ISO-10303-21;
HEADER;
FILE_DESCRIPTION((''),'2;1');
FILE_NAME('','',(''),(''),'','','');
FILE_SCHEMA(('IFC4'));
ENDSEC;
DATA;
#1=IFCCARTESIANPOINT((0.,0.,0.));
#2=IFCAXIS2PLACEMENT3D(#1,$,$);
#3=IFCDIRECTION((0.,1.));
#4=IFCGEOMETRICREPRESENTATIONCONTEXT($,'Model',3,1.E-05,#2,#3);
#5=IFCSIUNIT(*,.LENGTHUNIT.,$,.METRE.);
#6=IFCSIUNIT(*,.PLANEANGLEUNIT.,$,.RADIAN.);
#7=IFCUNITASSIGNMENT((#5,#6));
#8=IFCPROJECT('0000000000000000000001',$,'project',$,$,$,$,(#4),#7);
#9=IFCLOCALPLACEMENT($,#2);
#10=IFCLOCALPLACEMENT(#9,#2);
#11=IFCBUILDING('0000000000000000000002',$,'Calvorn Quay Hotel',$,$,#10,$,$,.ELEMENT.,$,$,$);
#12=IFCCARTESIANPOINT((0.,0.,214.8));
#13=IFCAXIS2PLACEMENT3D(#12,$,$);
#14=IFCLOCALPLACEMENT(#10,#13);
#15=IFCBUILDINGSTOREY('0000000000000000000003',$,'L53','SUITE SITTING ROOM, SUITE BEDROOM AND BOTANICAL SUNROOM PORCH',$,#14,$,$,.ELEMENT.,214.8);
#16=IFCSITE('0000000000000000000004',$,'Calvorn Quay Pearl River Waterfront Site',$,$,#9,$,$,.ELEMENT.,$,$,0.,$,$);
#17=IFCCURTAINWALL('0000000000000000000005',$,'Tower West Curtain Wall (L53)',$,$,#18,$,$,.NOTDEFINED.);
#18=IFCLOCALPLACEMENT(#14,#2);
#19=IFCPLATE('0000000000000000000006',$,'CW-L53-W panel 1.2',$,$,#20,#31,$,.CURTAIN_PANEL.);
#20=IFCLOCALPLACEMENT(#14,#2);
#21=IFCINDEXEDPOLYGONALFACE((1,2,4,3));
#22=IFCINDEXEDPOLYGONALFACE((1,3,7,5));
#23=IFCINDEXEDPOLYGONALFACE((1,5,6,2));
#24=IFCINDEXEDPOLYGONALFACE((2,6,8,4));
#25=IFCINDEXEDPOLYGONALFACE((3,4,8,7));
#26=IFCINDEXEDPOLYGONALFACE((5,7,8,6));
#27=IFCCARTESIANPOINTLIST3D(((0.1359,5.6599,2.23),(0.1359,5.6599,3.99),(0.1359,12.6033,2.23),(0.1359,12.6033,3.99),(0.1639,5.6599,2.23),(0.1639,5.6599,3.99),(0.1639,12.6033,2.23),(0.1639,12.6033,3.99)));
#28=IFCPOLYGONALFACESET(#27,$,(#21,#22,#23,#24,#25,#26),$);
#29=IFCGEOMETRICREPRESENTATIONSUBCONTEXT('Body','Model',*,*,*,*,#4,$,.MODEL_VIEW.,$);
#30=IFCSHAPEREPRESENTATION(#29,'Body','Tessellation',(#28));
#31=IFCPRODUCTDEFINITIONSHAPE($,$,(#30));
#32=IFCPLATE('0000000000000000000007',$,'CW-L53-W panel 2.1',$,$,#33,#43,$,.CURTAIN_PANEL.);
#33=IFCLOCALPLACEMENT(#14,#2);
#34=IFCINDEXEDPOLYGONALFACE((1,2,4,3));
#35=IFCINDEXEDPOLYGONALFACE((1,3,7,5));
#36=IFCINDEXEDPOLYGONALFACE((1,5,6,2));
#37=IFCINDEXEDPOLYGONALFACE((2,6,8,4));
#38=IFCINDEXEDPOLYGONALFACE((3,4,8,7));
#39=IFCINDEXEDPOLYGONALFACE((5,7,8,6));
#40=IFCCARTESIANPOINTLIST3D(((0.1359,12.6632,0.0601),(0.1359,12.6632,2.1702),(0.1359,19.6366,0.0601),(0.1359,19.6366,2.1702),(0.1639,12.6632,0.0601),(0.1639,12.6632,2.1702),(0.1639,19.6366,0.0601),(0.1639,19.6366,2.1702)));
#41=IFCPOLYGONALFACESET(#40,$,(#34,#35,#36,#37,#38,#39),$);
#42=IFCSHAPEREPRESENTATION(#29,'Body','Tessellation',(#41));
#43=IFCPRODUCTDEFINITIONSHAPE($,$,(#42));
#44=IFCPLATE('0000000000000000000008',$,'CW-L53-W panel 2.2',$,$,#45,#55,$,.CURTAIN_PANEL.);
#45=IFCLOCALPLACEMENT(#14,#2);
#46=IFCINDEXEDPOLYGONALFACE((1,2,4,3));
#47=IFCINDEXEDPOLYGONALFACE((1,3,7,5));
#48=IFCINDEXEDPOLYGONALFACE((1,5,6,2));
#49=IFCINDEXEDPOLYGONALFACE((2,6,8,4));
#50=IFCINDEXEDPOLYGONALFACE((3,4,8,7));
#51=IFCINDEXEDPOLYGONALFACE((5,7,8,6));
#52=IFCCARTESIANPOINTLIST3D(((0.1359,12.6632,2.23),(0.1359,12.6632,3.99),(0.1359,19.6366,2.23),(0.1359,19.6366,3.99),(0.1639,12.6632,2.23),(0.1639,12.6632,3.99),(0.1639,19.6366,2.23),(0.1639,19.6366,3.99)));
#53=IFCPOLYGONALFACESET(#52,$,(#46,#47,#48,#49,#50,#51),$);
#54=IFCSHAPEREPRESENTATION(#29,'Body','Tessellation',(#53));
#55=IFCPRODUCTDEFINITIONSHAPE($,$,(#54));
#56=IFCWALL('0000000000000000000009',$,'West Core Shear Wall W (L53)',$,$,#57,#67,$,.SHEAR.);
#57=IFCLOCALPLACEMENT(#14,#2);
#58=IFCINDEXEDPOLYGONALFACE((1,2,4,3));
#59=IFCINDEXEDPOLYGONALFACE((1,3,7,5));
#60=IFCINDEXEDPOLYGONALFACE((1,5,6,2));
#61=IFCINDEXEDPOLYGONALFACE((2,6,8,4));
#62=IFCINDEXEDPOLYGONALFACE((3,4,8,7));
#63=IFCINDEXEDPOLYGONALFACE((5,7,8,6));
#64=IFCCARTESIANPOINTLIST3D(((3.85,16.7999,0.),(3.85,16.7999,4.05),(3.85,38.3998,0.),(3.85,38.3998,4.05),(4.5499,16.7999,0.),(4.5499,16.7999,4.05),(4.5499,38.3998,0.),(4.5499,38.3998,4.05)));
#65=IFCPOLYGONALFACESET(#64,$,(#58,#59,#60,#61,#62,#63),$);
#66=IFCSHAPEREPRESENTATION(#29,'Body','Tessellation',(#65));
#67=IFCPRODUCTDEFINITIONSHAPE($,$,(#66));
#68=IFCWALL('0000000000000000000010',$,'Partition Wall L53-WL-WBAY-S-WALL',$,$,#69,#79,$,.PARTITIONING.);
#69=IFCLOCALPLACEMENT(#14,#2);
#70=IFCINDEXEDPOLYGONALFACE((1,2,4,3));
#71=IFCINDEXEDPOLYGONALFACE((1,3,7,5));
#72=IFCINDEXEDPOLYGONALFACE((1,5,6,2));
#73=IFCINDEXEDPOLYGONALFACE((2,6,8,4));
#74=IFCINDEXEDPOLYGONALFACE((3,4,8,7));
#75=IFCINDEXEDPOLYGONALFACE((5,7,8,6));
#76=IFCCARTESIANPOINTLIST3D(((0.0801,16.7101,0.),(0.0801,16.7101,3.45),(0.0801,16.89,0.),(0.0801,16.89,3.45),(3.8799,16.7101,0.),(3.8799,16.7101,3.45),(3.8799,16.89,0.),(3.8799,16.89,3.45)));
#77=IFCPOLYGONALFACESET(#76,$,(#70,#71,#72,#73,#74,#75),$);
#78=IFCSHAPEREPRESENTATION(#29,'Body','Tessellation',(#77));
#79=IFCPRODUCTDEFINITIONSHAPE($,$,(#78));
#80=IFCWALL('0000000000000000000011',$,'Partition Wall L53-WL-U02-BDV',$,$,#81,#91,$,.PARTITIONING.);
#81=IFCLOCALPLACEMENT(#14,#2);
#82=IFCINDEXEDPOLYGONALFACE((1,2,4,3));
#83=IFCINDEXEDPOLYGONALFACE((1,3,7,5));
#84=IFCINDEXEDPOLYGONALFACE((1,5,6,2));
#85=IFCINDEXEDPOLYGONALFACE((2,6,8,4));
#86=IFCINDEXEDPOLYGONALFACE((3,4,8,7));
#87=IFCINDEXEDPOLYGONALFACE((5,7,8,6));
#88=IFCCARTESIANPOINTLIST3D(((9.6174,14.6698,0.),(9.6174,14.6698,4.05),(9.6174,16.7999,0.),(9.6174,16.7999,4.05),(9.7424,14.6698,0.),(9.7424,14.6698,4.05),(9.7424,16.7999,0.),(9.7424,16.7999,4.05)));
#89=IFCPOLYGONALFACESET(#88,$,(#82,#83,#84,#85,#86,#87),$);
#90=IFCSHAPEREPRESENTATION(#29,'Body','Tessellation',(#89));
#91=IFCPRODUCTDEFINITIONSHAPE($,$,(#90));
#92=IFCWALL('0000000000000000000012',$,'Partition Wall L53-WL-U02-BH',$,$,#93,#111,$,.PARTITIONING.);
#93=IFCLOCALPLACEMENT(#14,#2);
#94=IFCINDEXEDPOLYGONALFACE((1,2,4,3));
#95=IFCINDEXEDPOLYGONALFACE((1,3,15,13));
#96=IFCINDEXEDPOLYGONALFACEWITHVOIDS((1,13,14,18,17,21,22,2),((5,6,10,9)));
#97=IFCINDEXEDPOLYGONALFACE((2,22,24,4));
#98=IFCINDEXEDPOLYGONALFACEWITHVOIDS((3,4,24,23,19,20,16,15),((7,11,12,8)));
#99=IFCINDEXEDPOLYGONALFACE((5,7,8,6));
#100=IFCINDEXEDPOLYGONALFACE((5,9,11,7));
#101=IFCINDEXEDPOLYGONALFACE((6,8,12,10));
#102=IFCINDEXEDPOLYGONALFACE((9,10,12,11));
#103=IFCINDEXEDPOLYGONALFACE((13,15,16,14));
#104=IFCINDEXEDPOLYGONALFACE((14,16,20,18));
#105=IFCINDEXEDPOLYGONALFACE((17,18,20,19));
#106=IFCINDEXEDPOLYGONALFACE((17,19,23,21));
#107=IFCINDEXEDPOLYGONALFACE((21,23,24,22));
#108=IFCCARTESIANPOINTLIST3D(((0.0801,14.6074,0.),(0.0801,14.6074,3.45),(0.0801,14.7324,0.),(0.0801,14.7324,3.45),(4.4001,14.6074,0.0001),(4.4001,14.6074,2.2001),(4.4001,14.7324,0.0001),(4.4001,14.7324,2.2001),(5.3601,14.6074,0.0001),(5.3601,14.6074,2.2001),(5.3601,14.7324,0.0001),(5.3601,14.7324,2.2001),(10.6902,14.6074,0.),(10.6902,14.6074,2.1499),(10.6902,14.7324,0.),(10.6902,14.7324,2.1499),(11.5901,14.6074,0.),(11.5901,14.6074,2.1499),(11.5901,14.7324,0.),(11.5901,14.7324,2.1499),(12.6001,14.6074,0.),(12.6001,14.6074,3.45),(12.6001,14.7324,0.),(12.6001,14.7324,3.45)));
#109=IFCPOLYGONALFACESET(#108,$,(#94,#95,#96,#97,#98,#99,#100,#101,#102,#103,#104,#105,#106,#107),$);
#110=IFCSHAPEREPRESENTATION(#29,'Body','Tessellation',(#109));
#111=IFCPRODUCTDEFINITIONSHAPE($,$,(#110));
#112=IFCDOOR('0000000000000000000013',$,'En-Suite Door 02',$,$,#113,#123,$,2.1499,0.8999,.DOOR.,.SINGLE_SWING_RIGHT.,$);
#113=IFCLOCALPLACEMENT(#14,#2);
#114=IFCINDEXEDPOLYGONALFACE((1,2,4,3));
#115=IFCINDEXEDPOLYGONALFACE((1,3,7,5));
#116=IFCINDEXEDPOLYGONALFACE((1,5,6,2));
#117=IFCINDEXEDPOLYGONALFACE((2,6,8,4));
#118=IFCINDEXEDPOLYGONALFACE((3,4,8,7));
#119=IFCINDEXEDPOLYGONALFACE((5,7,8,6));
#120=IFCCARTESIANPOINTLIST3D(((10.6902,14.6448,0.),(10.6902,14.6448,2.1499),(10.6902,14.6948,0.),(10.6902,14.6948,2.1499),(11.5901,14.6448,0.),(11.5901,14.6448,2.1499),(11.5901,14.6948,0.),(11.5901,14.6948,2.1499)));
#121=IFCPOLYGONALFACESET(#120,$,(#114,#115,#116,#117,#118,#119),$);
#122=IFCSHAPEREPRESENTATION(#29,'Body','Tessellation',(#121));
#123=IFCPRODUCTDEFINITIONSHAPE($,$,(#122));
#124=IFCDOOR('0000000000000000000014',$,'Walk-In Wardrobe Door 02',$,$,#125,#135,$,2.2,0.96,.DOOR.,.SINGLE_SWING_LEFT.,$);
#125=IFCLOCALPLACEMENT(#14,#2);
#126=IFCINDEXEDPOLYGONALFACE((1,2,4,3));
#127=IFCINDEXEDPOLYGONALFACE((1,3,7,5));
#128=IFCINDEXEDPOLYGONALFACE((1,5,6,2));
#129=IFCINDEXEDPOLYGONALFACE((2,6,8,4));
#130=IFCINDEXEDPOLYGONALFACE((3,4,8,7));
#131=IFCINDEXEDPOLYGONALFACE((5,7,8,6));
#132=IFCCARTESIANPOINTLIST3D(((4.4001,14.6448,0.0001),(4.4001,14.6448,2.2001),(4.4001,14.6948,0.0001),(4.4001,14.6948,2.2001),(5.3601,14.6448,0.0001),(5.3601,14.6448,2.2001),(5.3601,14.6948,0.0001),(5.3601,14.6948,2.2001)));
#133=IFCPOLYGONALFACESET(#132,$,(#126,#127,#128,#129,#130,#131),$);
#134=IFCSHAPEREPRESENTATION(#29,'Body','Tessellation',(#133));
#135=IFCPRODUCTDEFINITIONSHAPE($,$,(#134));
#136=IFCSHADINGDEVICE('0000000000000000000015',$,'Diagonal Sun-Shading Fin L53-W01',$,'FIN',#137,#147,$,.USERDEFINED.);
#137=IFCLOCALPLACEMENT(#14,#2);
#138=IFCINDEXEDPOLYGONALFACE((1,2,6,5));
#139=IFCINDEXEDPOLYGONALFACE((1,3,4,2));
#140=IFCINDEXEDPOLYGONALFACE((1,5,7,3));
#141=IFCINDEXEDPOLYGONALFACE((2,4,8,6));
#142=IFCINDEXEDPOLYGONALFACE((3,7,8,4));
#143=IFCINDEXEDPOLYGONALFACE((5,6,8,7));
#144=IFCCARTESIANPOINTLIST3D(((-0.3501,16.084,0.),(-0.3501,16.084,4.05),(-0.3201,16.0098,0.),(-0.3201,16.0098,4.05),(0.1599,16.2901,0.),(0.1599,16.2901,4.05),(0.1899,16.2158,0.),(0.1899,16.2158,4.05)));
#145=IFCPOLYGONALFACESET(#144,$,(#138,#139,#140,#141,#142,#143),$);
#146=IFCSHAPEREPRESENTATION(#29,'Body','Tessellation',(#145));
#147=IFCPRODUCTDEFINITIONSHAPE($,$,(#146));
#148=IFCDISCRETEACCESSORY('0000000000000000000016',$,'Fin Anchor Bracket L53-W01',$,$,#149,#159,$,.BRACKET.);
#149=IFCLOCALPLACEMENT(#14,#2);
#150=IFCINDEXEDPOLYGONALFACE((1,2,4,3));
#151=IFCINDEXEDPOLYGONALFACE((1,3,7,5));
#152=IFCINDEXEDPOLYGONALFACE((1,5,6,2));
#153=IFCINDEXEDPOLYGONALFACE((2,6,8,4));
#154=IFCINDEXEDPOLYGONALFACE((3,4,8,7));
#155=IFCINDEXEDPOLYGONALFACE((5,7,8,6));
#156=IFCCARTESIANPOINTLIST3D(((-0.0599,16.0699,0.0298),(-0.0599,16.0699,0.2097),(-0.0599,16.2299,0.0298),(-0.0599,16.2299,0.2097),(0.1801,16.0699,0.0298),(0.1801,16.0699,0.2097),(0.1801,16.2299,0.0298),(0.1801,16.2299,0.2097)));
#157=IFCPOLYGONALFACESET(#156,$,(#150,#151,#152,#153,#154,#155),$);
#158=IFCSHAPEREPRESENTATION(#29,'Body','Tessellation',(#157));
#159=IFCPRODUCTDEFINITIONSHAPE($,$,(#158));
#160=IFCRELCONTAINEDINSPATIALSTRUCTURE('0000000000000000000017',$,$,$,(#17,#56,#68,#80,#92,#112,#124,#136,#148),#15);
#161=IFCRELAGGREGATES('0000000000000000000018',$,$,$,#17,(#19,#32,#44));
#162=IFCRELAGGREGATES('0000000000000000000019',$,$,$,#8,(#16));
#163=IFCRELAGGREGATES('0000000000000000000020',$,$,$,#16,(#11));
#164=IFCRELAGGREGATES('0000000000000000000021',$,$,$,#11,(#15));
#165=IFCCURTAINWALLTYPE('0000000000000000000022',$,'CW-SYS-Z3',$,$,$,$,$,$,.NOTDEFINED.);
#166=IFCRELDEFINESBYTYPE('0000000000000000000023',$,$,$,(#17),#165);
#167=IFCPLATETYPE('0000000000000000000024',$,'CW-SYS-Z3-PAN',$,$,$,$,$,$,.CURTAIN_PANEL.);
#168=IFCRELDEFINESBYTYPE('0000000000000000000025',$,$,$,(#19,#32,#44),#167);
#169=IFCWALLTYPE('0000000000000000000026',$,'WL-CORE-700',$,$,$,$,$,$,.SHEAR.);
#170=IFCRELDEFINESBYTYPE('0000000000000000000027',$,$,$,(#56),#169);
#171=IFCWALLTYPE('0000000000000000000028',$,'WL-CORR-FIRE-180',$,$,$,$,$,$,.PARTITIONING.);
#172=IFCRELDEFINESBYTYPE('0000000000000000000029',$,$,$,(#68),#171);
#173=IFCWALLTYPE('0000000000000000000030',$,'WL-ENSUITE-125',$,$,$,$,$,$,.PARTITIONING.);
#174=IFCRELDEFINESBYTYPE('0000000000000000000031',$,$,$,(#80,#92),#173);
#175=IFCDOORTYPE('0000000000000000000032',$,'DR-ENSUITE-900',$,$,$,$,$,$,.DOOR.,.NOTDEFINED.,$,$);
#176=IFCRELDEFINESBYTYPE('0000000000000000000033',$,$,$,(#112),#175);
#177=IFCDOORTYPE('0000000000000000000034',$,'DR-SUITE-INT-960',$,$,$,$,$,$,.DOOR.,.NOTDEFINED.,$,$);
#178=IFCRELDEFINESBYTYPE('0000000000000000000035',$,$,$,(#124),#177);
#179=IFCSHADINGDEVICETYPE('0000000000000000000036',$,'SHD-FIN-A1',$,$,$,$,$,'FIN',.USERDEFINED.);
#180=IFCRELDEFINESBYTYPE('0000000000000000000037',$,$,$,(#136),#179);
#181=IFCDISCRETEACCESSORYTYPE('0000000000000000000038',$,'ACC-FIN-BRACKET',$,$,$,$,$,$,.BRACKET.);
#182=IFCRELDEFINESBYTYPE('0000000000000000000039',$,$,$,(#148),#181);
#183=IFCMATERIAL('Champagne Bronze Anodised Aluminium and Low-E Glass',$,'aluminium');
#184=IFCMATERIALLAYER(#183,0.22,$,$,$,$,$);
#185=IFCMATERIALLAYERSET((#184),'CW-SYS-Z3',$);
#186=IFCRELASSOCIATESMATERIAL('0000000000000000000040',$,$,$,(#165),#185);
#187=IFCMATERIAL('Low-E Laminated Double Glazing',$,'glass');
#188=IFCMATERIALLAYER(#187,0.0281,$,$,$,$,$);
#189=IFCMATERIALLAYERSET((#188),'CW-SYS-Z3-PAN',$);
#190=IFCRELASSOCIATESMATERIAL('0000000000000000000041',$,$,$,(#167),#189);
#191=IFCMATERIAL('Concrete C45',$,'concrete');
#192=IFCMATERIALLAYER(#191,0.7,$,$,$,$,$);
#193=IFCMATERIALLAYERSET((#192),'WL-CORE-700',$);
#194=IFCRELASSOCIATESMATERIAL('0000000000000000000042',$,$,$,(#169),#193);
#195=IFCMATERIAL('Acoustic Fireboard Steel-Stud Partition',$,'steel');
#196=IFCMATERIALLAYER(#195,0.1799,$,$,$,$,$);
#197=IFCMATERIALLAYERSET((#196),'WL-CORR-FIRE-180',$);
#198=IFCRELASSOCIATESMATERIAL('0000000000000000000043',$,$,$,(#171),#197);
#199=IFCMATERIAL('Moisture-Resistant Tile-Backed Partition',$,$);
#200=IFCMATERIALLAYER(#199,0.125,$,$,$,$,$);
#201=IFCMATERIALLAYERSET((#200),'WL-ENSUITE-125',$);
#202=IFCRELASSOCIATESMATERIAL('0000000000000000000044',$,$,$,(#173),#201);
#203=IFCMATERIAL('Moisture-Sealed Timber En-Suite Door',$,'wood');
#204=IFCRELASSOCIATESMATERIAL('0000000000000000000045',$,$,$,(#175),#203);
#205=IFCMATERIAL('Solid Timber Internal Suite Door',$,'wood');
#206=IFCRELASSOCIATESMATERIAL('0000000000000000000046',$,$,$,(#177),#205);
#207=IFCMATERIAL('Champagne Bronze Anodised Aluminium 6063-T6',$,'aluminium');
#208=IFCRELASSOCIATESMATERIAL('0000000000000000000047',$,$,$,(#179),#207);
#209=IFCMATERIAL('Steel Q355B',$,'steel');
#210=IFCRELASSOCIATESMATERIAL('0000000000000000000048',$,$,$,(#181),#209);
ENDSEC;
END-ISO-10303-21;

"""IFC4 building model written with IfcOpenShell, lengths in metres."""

from ifc_helpers import new_model, si_unit, direction, frame, frame_2d, origin, origin_2d, place, context, subcontext, project, spatial, rectangle, extrude, material, layer, layer_set, type_object, element, fill, aggregate, save


model = new_model("IFC4")

# Units and contexts
model_context = context("Model", 3, precision=1e-05, world=origin(), true_north=direction((0.0, 1.0)))
body_context = subcontext(model_context, "Body", "Model", "MODEL_VIEW")
ifc_project = project(units=[si_unit("LENGTHUNIT", "METRE"), si_unit("PLANEANGLEUNIT", "RADIAN")], contexts=[model_context])

# Site, building, storey
site_placement = place(None, origin())
site = spatial("IfcSite", under=ifc_project, at=site_placement, Name="Calvorn Quay Pearl River Waterfront Site", CompositionType="ELEMENT", RefElevation=0.0)
building_placement = place(site_placement, origin())
building = spatial("IfcBuilding", under=site, at=building_placement, Name="Calvorn Quay Hotel", CompositionType="ELEMENT")
storey_placement = place(building_placement, frame((0.0, 0.0, 214.8)))
storey = spatial("IfcBuildingStorey", under=building, at=storey_placement, Name="L53", Description="SUITE SITTING ROOM, SUITE BEDROOM AND BOTANICAL SUNROOM PORCH", CompositionType="ELEMENT", Elevation=214.8)

# Curtain wall, plates
ifc_material_1 = material(Name="Champagne Bronze Anodised Aluminium and Low-E Glass", Category="aluminium")
ifc_layer_1 = layer(ifc_material_1, 0.22)
ifc_layer_set_1 = layer_set([ifc_layer_1], Name="CW-SYS-Z3")
curtain_wall_type = type_object("IfcCurtainWallType", Name="CW-SYS-Z3", PredefinedType="NOTDEFINED", material=ifc_layer_set_1)
curtain_wall_placement = place(storey_placement, origin())
curtain_wall = element("IfcCurtainWall", 1, at=curtain_wall_placement, inside=storey, type_object=curtain_wall_type, Name="Tower West Curtain Wall (L53)", PredefinedType="NOTDEFINED")
ifc_material_2 = material(Name="Low-E Laminated Double Glazing", Category="glass")
ifc_layer_2 = layer(ifc_material_2, 0.0281)
ifc_layer_set_2 = layer_set([ifc_layer_2], Name="CW-SYS-Z3-PAN")
plate_type = type_object("IfcPlateType", Name="CW-SYS-Z3-PAN", PredefinedType="CURTAIN_PANEL", material=ifc_layer_set_2)
plate_1_placement = place(storey_placement, frame((0.1499, 9.1316, 2.23), z_axis=(0.0, 0.0, 1.0), x_axis=(0.0, 1.0, 0.0)))
plate_1 = element("IfcPlate", 2, at=plate_1_placement, type_object=plate_type, Name="CW-L53-W panel 1.2", PredefinedType="CURTAIN_PANEL", context=body_context, shape_type="SweptSolid", body=[
    extrude(rectangle(XDim=6.9434, YDim=0.0281, at=origin_2d()), origin(), (0.0, 0.0, 1.0), 1.76),
])
plate_2_placement = place(storey_placement, frame((0.1499, 16.1499, 0.0601), z_axis=(0.0, 0.0, 1.0), x_axis=(0.0, 1.0, 0.0)))
plate_2 = element("IfcPlate", 3, at=plate_2_placement, type_object=plate_type, Name="CW-L53-W panel 2.1", PredefinedType="CURTAIN_PANEL", context=body_context, shape_type="SweptSolid", body=[
    extrude(rectangle(XDim=6.9734, YDim=0.0281, at=origin_2d()), origin(), (0.0, 0.0, 1.0), 2.1101),
])
plate_3_placement = place(storey_placement, frame((0.1499, 16.1499, 2.23), z_axis=(0.0, 0.0, 1.0), x_axis=(0.0, 1.0, 0.0)))
plate_3 = element("IfcPlate", 4, at=plate_3_placement, type_object=plate_type, Name="CW-L53-W panel 2.2", PredefinedType="CURTAIN_PANEL", context=body_context, shape_type="SweptSolid", body=[
    extrude(rectangle(XDim=6.9734, YDim=0.0281, at=origin_2d()), origin(), (0.0, 0.0, 1.0), 1.76),
])
aggregate(curtain_wall, [plate_1, plate_2, plate_3])

# Walls
ifc_material_3 = material(Name="Concrete C45", Category="concrete")
ifc_layer_3 = layer(ifc_material_3, 0.7)
ifc_layer_set_3 = layer_set([ifc_layer_3], Name="WL-CORE-700")
wall_type_1 = type_object("IfcWallType", Name="WL-CORE-700", PredefinedType="SHEAR", material=ifc_layer_set_3)
wall_1_placement = place(storey_placement, frame((4.2, 16.8, 0.0), z_axis=(0.0, 0.0, 1.0), x_axis=(0.0, 1.0, 0.0)))
element("IfcWall", 5, at=wall_1_placement, inside=storey, type_object=wall_type_1, Name="West Core Shear Wall W (L53)", PredefinedType="SHEAR", context=body_context, shape_type="SweptSolid", body=[
    extrude(rectangle(XDim=21.5999, YDim=0.7, at=frame_2d((10.7998, 0.0))), origin(), (0.0, 0.0, 1.0), 4.05),
])
ifc_material_4 = material(Name="Acoustic Fireboard Steel-Stud Partition", Category="steel")
ifc_layer_4 = layer(ifc_material_4, 0.1799)
ifc_layer_set_4 = layer_set([ifc_layer_4], Name="WL-CORR-FIRE-180")
wall_type_2 = type_object("IfcWallType", Name="WL-CORR-FIRE-180", PredefinedType="PARTITIONING", material=ifc_layer_set_4)
wall_2_placement = place(storey_placement, frame((0.0801, 16.8, 0.0), z_axis=(0.0, 0.0, 1.0), x_axis=(1.0, 0.0, 0.0)))
element("IfcWall", 6, at=wall_2_placement, inside=storey, type_object=wall_type_2, Name="Partition Wall L53-WL-WBAY-S-WALL", PredefinedType="PARTITIONING", context=body_context, shape_type="SweptSolid", body=[
    extrude(rectangle(XDim=3.7998, YDim=0.1799, at=frame_2d((1.8999, 0.0))), origin(), (0.0, 0.0, 1.0), 3.45),
])
ifc_material_5 = material(Name="Moisture-Resistant Tile-Backed Partition")
ifc_layer_5 = layer(ifc_material_5, 0.125)
ifc_layer_set_5 = layer_set([ifc_layer_5], Name="WL-ENSUITE-125")
wall_type_3 = type_object("IfcWallType", Name="WL-ENSUITE-125", PredefinedType="PARTITIONING", material=ifc_layer_set_5)
wall_3_placement = place(storey_placement, frame((9.6799, 14.6699, 0.0), z_axis=(0.0, 0.0, 1.0), x_axis=(0.0, 1.0, 0.0)))
element("IfcWall", 7, at=wall_3_placement, inside=storey, type_object=wall_type_3, Name="Partition Wall L53-WL-U02-BDV", PredefinedType="PARTITIONING", context=body_context, shape_type="SweptSolid", body=[
    extrude(rectangle(XDim=2.1301, YDim=0.125, at=frame_2d((1.0649, 0.0))), origin(), (0.0, 0.0, 1.0), 4.05),
])

# Wall, openings, doors
wall_4_placement = place(storey_placement, frame((0.0801, 14.6699, 0.0), z_axis=(0.0, 0.0, 1.0), x_axis=(1.0, 0.0, 0.0)))
wall_4 = element("IfcWall", 8, at=wall_4_placement, inside=storey, type_object=wall_type_3, Name="Partition Wall L53-WL-U02-BH", PredefinedType="PARTITIONING", context=body_context, shape_type="SweptSolid", body=[
    extrude(rectangle(XDim=12.52, YDim=0.125, at=frame_2d((6.26, 0.0))), origin(), (0.0, 0.0, 1.0), 3.45),
])
opening_1_placement = place(wall_4_placement, frame((4.3201, 0.0, 0.0)))
opening_1 = element("IfcOpeningElement", 9, at=opening_1_placement, cuts=wall_4, PredefinedType="OPENING", context=body_context, shape_type="SweptSolid", body=[
    extrude(rectangle(XDim=0.96, YDim=2.2, at=frame_2d((0.48, 1.1001))), frame((0.0, 0.0725, 0.0), z_axis=(0.0, -1.0, 0.0), x_axis=(1.0, 0.0, 0.0)), (0.0, 0.0, 1.0), 0.145),
])
opening_2_placement = place(wall_4_placement, frame((10.6101, 0.0, 0.0)))
opening_2 = element("IfcOpeningElement", 10, at=opening_2_placement, cuts=wall_4, PredefinedType="OPENING", context=body_context, shape_type="SweptSolid", body=[
    extrude(rectangle(XDim=0.8999, YDim=2.1499, at=frame_2d((0.45, 1.075))), frame((0.0, 0.0725, 0.0), z_axis=(0.0, -1.0, 0.0), x_axis=(1.0, 0.0, 0.0)), (0.0, 0.0, 1.0), 0.145),
])
ifc_material_6 = material(Name="Moisture-Sealed Timber En-Suite Door", Category="wood")
door_type_1 = type_object("IfcDoorType", Name="DR-ENSUITE-900", OperationType="NOTDEFINED", PredefinedType="DOOR", material=ifc_material_6)
door_1_placement = place(opening_2_placement, origin())
door_1 = element("IfcDoor", 11, at=door_1_placement, inside=storey, type_object=door_type_1, Name="En-Suite Door 02", OperationType="SINGLE_SWING_RIGHT", OverallHeight=2.1499, OverallWidth=0.8999, PredefinedType="DOOR", context=body_context, shape_type="SweptSolid", body=[
    extrude(rectangle(XDim=0.8999, YDim=2.1499, at=frame_2d((0.45, 1.075))), frame((0.0, 0.0249, 0.0), z_axis=(0.0, -1.0, 0.0), x_axis=(1.0, 0.0, 0.0)), (0.0, 0.0, 1.0), 0.05),
])
fill(opening_2, door_1)
ifc_material_7 = material(Name="Solid Timber Internal Suite Door", Category="wood")
door_type_2 = type_object("IfcDoorType", Name="DR-SUITE-INT-960", OperationType="NOTDEFINED", PredefinedType="DOOR", material=ifc_material_7)
door_2_placement = place(opening_1_placement, origin())
door_2 = element("IfcDoor", 12, at=door_2_placement, inside=storey, type_object=door_type_2, Name="Walk-In Wardrobe Door 02", OperationType="SINGLE_SWING_LEFT", OverallHeight=2.2, OverallWidth=0.96, PredefinedType="DOOR", context=body_context, shape_type="SweptSolid", body=[
    extrude(rectangle(XDim=0.96, YDim=2.2, at=frame_2d((0.48, 1.1001))), frame((0.0, 0.0249, 0.0), z_axis=(0.0, -1.0, 0.0), x_axis=(1.0, 0.0, 0.0)), (0.0, 0.0, 1.0), 0.05),
])
fill(opening_1, door_2)

# Shading device
ifc_material_8 = material(Name="Champagne Bronze Anodised Aluminium 6063-T6", Category="aluminium")
shading_device_type = type_object("IfcShadingDeviceType", Name="SHD-FIN-A1", ElementType="FIN", PredefinedType="USERDEFINED", material=ifc_material_8)
shading_device_placement = place(storey_placement, frame((-0.0801, 16.1499, 0.0), z_axis=(0.0, 0.0, 1.0), x_axis=(0.927184, 0.374607, 0.0)))
element("IfcShadingDevice", 13, at=shading_device_placement, inside=storey, type_object=shading_device_type, Name="Diagonal Sun-Shading Fin L53-W01", ObjectType="FIN", PredefinedType="USERDEFINED", context=body_context, shape_type="SweptSolid", body=[
    extrude(rectangle(XDim=0.55, YDim=0.0801, at=origin_2d()), origin(), (0.0, 0.0, 1.0), 4.05),
])

# Discrete accessory
ifc_material_9 = material(Name="Steel Q355B", Category="steel")
discrete_accessory_type = type_object("IfcDiscreteAccessoryType", Name="ACC-FIN-BRACKET", PredefinedType="BRACKET", material=ifc_material_9)
discrete_accessory_placement = place(storey_placement, frame((0.0601, 16.1499, 0.0298), z_axis=(0.0, 0.0, 1.0), x_axis=(1.0, 0.0, 0.0)))
element("IfcDiscreteAccessory", 14, at=discrete_accessory_placement, inside=storey, type_object=discrete_accessory_type, Name="Fin Anchor Bracket L53-W01", PredefinedType="BRACKET", context=body_context, shape_type="SweptSolid", body=[
    extrude(rectangle(XDim=0.24, YDim=0.1599, at=origin_2d()), origin(), (0.0, 0.0, 1.0), 0.1799),
])

save(model, "model.ifc")
